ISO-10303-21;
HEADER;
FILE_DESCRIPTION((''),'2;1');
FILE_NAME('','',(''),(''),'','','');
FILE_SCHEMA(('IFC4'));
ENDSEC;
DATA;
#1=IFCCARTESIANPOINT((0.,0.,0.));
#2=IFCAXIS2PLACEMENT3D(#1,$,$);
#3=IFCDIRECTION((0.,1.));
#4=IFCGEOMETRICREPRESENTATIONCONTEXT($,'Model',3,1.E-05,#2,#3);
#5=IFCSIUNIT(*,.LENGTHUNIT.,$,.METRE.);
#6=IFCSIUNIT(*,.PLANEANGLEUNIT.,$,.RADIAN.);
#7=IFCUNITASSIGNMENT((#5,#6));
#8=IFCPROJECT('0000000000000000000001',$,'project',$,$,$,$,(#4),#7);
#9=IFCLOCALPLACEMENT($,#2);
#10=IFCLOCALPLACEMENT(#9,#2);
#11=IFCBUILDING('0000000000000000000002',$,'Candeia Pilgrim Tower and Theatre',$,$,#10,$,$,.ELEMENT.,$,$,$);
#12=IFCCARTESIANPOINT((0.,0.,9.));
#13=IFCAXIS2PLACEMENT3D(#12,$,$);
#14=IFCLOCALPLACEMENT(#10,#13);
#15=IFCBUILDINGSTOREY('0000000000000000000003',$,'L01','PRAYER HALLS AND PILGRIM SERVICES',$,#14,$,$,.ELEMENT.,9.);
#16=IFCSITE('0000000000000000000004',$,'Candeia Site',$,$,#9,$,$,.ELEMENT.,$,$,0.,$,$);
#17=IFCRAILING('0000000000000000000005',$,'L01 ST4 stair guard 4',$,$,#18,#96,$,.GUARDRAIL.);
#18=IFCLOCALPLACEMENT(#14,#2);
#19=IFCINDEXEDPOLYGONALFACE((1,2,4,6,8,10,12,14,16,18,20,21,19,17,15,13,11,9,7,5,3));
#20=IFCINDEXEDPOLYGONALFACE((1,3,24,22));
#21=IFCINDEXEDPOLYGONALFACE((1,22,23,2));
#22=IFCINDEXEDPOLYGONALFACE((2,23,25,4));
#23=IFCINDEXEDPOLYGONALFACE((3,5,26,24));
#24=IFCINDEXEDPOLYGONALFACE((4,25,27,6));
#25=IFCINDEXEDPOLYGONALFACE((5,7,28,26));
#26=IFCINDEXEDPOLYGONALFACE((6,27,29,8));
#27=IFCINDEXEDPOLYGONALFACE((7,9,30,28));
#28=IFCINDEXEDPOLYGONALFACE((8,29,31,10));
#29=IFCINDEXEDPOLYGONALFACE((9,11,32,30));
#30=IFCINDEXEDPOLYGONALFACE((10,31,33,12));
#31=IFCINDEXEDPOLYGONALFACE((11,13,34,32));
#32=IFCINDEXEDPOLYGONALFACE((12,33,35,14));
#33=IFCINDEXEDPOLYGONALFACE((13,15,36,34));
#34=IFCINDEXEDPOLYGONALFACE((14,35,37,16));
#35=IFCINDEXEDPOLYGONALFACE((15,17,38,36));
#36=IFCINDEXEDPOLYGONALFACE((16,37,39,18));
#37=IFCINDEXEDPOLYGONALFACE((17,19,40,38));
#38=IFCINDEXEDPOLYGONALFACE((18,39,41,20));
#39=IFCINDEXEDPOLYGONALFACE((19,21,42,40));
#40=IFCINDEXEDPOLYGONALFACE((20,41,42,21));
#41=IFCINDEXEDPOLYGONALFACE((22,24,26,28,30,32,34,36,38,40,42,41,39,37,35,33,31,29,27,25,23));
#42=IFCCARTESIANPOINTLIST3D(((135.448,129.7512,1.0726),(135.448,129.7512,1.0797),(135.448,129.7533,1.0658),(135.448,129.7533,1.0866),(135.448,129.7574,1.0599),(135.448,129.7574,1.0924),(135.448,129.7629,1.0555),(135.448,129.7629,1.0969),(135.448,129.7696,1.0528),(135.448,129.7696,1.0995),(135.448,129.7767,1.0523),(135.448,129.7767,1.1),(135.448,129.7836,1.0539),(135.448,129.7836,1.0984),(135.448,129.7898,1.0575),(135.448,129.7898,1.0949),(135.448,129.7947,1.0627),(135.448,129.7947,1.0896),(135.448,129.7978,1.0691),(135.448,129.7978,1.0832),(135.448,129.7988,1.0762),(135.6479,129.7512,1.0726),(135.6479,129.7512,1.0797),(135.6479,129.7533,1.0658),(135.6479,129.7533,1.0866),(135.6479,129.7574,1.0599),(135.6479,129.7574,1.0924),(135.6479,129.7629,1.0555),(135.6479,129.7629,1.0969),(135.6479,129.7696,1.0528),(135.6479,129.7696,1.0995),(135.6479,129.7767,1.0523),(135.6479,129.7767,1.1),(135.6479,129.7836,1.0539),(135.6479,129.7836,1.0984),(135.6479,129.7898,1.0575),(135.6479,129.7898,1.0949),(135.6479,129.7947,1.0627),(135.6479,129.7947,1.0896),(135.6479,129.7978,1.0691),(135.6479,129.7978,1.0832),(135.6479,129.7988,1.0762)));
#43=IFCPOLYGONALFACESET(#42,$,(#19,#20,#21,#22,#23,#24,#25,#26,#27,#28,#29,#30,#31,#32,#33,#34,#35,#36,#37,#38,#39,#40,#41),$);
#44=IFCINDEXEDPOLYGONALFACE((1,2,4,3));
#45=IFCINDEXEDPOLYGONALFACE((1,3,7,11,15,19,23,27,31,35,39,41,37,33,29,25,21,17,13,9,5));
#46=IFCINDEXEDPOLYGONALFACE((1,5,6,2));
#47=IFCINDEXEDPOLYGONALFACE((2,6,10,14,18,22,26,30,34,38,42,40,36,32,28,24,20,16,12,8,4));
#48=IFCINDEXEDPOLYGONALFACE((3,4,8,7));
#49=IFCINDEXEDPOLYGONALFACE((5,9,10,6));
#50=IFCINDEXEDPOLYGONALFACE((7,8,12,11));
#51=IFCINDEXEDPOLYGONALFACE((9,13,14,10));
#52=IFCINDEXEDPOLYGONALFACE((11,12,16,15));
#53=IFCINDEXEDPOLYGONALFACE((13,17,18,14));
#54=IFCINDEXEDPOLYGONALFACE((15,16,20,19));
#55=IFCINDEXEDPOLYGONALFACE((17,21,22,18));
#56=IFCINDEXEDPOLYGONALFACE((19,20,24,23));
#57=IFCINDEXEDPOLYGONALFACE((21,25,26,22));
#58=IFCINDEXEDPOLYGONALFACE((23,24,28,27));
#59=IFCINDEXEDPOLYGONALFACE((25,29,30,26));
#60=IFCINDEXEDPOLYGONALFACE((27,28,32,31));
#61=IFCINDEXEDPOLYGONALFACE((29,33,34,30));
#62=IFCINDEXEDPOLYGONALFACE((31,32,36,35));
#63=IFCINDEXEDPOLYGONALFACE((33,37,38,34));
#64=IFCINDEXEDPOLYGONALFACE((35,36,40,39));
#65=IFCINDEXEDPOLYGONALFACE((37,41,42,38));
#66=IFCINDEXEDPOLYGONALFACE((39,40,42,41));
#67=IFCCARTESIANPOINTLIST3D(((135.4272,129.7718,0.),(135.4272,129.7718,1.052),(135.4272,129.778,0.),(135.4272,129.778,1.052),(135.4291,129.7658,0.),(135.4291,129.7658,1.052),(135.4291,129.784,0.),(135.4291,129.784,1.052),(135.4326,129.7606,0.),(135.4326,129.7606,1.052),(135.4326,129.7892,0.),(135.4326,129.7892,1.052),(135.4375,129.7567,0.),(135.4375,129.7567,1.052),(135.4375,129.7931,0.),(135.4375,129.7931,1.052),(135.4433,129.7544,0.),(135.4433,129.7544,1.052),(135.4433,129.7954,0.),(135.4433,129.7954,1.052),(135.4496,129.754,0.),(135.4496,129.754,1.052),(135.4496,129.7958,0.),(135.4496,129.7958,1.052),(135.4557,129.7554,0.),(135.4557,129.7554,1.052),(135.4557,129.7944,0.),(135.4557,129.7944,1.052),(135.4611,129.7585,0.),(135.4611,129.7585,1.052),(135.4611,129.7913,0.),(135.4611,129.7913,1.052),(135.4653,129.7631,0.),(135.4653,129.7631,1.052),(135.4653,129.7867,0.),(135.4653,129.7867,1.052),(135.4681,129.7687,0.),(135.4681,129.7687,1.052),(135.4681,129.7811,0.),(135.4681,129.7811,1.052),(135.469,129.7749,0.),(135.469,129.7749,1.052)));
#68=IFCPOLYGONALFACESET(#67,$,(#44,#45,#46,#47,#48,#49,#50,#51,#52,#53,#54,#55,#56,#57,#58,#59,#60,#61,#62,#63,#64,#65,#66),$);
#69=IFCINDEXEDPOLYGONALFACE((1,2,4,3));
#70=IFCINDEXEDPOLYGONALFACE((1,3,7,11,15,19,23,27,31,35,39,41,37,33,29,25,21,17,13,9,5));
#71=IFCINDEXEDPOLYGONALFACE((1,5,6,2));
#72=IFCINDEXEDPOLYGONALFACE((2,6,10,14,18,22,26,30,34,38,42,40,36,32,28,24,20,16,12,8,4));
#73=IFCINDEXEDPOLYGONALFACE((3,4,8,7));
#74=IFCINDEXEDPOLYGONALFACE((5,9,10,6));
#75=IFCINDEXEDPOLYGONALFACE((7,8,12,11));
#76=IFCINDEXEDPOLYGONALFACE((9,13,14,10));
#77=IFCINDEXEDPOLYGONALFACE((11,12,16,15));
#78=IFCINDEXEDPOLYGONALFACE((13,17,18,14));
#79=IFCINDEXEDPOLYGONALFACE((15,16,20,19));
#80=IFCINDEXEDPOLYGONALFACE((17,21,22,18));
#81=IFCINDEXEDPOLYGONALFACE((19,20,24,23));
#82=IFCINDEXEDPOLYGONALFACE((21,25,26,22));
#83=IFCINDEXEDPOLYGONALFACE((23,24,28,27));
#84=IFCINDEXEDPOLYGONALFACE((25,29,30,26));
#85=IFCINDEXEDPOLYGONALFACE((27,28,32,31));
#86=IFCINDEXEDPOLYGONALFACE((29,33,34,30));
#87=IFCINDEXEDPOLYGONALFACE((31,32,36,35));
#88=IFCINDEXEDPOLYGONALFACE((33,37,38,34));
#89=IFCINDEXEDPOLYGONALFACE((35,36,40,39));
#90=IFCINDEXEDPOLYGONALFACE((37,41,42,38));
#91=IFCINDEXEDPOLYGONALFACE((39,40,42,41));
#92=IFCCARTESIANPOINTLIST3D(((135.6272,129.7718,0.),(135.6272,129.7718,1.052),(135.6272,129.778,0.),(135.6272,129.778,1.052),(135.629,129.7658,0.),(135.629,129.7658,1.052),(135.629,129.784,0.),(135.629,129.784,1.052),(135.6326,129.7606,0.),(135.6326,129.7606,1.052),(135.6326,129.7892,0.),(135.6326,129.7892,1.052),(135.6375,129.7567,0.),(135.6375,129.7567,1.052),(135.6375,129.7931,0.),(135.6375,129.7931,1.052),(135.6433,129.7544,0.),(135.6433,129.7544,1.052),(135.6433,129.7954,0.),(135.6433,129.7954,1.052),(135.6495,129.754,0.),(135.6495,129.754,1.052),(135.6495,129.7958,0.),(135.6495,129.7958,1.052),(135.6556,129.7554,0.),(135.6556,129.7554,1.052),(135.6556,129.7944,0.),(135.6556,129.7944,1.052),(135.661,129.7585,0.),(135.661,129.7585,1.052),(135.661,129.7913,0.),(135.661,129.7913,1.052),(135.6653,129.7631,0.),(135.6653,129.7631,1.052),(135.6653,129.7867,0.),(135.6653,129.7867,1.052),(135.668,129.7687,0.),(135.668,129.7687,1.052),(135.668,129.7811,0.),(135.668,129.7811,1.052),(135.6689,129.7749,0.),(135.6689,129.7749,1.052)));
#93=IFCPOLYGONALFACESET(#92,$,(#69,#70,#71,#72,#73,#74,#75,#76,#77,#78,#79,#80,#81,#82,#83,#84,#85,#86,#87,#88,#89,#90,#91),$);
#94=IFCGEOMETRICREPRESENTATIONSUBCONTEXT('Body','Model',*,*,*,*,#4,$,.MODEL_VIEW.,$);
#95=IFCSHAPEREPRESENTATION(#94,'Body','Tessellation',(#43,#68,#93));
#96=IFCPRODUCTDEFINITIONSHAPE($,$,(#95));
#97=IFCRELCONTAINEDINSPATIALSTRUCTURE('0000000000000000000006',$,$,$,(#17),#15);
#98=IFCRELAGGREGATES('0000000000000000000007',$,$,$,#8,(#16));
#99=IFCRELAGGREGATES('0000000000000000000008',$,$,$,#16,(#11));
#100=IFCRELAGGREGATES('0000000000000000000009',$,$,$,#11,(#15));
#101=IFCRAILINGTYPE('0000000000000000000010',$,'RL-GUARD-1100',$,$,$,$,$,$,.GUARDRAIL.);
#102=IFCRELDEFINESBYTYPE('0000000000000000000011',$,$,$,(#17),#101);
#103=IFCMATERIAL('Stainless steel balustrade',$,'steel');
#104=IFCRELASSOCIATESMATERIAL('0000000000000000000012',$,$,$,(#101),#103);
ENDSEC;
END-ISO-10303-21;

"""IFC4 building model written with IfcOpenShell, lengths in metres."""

from ifc_helpers import new_model, si_unit, direction, frame, origin, origin_2d, place, context, subcontext, project, spatial, circle, extrude, material, type_object, element, save


model = new_model("IFC4")

# Units and contexts
model_context = context("Model", 3, precision=1e-05, world=origin(), true_north=direction((0.0, 1.0)))
body_context = subcontext(model_context, "Body", "Model", "MODEL_VIEW")
ifc_project = project(units=[si_unit("LENGTHUNIT", "METRE"), si_unit("PLANEANGLEUNIT", "RADIAN")], contexts=[model_context])

# Site, building, storey
site_placement = place(None, origin())
site = spatial("IfcSite", under=ifc_project, at=site_placement, Name="Candeia Site", CompositionType="ELEMENT", RefElevation=0.0)
building_placement = place(site_placement, origin())
building = spatial("IfcBuilding", under=site, at=building_placement, Name="Candeia Pilgrim Tower and Theatre", CompositionType="ELEMENT")
storey_placement = place(building_placement, frame((0.0, 0.0, 9.0)))
storey = spatial("IfcBuildingStorey", under=building, at=storey_placement, Name="L01", Description="PRAYER HALLS AND PILGRIM SERVICES", CompositionType="ELEMENT", Elevation=9.0)

# Railing
ifc_material_1 = material(Name="Stainless steel balustrade", Category="steel")
railing_type_1 = type_object("IfcRailingType", Name="RL-GUARD-1100", PredefinedType="GUARDRAIL", material=ifc_material_1)
railing_1_placement = place(storey_placement, frame((135.448, 129.7749, 0.0)))
element("IfcRailing", 1, at=railing_1_placement, inside=storey, type_object=railing_type_1, Name="L01 ST4 stair guard 4", PredefinedType="GUARDRAIL", context=body_context, shape_type="SweptSolid", body=[
    extrude(circle(Radius=0.0239, at=origin_2d()), frame((0.0, 0.0, 1.0762), z_axis=(1.0, 0.0, 0.0), x_axis=(0.0, 1.0, 0.0)), (0.0, 0.0, 1.0), 0.2),
    extrude(circle(Radius=0.021, at=origin_2d()), origin(), (0.0, 0.0, 1.0), 1.052),
    extrude(circle(Radius=0.021, at=origin_2d()), frame((0.2, 0.0, 0.0)), (0.0, 0.0, 1.0), 1.052),
])

save(model, "model.ifc")
